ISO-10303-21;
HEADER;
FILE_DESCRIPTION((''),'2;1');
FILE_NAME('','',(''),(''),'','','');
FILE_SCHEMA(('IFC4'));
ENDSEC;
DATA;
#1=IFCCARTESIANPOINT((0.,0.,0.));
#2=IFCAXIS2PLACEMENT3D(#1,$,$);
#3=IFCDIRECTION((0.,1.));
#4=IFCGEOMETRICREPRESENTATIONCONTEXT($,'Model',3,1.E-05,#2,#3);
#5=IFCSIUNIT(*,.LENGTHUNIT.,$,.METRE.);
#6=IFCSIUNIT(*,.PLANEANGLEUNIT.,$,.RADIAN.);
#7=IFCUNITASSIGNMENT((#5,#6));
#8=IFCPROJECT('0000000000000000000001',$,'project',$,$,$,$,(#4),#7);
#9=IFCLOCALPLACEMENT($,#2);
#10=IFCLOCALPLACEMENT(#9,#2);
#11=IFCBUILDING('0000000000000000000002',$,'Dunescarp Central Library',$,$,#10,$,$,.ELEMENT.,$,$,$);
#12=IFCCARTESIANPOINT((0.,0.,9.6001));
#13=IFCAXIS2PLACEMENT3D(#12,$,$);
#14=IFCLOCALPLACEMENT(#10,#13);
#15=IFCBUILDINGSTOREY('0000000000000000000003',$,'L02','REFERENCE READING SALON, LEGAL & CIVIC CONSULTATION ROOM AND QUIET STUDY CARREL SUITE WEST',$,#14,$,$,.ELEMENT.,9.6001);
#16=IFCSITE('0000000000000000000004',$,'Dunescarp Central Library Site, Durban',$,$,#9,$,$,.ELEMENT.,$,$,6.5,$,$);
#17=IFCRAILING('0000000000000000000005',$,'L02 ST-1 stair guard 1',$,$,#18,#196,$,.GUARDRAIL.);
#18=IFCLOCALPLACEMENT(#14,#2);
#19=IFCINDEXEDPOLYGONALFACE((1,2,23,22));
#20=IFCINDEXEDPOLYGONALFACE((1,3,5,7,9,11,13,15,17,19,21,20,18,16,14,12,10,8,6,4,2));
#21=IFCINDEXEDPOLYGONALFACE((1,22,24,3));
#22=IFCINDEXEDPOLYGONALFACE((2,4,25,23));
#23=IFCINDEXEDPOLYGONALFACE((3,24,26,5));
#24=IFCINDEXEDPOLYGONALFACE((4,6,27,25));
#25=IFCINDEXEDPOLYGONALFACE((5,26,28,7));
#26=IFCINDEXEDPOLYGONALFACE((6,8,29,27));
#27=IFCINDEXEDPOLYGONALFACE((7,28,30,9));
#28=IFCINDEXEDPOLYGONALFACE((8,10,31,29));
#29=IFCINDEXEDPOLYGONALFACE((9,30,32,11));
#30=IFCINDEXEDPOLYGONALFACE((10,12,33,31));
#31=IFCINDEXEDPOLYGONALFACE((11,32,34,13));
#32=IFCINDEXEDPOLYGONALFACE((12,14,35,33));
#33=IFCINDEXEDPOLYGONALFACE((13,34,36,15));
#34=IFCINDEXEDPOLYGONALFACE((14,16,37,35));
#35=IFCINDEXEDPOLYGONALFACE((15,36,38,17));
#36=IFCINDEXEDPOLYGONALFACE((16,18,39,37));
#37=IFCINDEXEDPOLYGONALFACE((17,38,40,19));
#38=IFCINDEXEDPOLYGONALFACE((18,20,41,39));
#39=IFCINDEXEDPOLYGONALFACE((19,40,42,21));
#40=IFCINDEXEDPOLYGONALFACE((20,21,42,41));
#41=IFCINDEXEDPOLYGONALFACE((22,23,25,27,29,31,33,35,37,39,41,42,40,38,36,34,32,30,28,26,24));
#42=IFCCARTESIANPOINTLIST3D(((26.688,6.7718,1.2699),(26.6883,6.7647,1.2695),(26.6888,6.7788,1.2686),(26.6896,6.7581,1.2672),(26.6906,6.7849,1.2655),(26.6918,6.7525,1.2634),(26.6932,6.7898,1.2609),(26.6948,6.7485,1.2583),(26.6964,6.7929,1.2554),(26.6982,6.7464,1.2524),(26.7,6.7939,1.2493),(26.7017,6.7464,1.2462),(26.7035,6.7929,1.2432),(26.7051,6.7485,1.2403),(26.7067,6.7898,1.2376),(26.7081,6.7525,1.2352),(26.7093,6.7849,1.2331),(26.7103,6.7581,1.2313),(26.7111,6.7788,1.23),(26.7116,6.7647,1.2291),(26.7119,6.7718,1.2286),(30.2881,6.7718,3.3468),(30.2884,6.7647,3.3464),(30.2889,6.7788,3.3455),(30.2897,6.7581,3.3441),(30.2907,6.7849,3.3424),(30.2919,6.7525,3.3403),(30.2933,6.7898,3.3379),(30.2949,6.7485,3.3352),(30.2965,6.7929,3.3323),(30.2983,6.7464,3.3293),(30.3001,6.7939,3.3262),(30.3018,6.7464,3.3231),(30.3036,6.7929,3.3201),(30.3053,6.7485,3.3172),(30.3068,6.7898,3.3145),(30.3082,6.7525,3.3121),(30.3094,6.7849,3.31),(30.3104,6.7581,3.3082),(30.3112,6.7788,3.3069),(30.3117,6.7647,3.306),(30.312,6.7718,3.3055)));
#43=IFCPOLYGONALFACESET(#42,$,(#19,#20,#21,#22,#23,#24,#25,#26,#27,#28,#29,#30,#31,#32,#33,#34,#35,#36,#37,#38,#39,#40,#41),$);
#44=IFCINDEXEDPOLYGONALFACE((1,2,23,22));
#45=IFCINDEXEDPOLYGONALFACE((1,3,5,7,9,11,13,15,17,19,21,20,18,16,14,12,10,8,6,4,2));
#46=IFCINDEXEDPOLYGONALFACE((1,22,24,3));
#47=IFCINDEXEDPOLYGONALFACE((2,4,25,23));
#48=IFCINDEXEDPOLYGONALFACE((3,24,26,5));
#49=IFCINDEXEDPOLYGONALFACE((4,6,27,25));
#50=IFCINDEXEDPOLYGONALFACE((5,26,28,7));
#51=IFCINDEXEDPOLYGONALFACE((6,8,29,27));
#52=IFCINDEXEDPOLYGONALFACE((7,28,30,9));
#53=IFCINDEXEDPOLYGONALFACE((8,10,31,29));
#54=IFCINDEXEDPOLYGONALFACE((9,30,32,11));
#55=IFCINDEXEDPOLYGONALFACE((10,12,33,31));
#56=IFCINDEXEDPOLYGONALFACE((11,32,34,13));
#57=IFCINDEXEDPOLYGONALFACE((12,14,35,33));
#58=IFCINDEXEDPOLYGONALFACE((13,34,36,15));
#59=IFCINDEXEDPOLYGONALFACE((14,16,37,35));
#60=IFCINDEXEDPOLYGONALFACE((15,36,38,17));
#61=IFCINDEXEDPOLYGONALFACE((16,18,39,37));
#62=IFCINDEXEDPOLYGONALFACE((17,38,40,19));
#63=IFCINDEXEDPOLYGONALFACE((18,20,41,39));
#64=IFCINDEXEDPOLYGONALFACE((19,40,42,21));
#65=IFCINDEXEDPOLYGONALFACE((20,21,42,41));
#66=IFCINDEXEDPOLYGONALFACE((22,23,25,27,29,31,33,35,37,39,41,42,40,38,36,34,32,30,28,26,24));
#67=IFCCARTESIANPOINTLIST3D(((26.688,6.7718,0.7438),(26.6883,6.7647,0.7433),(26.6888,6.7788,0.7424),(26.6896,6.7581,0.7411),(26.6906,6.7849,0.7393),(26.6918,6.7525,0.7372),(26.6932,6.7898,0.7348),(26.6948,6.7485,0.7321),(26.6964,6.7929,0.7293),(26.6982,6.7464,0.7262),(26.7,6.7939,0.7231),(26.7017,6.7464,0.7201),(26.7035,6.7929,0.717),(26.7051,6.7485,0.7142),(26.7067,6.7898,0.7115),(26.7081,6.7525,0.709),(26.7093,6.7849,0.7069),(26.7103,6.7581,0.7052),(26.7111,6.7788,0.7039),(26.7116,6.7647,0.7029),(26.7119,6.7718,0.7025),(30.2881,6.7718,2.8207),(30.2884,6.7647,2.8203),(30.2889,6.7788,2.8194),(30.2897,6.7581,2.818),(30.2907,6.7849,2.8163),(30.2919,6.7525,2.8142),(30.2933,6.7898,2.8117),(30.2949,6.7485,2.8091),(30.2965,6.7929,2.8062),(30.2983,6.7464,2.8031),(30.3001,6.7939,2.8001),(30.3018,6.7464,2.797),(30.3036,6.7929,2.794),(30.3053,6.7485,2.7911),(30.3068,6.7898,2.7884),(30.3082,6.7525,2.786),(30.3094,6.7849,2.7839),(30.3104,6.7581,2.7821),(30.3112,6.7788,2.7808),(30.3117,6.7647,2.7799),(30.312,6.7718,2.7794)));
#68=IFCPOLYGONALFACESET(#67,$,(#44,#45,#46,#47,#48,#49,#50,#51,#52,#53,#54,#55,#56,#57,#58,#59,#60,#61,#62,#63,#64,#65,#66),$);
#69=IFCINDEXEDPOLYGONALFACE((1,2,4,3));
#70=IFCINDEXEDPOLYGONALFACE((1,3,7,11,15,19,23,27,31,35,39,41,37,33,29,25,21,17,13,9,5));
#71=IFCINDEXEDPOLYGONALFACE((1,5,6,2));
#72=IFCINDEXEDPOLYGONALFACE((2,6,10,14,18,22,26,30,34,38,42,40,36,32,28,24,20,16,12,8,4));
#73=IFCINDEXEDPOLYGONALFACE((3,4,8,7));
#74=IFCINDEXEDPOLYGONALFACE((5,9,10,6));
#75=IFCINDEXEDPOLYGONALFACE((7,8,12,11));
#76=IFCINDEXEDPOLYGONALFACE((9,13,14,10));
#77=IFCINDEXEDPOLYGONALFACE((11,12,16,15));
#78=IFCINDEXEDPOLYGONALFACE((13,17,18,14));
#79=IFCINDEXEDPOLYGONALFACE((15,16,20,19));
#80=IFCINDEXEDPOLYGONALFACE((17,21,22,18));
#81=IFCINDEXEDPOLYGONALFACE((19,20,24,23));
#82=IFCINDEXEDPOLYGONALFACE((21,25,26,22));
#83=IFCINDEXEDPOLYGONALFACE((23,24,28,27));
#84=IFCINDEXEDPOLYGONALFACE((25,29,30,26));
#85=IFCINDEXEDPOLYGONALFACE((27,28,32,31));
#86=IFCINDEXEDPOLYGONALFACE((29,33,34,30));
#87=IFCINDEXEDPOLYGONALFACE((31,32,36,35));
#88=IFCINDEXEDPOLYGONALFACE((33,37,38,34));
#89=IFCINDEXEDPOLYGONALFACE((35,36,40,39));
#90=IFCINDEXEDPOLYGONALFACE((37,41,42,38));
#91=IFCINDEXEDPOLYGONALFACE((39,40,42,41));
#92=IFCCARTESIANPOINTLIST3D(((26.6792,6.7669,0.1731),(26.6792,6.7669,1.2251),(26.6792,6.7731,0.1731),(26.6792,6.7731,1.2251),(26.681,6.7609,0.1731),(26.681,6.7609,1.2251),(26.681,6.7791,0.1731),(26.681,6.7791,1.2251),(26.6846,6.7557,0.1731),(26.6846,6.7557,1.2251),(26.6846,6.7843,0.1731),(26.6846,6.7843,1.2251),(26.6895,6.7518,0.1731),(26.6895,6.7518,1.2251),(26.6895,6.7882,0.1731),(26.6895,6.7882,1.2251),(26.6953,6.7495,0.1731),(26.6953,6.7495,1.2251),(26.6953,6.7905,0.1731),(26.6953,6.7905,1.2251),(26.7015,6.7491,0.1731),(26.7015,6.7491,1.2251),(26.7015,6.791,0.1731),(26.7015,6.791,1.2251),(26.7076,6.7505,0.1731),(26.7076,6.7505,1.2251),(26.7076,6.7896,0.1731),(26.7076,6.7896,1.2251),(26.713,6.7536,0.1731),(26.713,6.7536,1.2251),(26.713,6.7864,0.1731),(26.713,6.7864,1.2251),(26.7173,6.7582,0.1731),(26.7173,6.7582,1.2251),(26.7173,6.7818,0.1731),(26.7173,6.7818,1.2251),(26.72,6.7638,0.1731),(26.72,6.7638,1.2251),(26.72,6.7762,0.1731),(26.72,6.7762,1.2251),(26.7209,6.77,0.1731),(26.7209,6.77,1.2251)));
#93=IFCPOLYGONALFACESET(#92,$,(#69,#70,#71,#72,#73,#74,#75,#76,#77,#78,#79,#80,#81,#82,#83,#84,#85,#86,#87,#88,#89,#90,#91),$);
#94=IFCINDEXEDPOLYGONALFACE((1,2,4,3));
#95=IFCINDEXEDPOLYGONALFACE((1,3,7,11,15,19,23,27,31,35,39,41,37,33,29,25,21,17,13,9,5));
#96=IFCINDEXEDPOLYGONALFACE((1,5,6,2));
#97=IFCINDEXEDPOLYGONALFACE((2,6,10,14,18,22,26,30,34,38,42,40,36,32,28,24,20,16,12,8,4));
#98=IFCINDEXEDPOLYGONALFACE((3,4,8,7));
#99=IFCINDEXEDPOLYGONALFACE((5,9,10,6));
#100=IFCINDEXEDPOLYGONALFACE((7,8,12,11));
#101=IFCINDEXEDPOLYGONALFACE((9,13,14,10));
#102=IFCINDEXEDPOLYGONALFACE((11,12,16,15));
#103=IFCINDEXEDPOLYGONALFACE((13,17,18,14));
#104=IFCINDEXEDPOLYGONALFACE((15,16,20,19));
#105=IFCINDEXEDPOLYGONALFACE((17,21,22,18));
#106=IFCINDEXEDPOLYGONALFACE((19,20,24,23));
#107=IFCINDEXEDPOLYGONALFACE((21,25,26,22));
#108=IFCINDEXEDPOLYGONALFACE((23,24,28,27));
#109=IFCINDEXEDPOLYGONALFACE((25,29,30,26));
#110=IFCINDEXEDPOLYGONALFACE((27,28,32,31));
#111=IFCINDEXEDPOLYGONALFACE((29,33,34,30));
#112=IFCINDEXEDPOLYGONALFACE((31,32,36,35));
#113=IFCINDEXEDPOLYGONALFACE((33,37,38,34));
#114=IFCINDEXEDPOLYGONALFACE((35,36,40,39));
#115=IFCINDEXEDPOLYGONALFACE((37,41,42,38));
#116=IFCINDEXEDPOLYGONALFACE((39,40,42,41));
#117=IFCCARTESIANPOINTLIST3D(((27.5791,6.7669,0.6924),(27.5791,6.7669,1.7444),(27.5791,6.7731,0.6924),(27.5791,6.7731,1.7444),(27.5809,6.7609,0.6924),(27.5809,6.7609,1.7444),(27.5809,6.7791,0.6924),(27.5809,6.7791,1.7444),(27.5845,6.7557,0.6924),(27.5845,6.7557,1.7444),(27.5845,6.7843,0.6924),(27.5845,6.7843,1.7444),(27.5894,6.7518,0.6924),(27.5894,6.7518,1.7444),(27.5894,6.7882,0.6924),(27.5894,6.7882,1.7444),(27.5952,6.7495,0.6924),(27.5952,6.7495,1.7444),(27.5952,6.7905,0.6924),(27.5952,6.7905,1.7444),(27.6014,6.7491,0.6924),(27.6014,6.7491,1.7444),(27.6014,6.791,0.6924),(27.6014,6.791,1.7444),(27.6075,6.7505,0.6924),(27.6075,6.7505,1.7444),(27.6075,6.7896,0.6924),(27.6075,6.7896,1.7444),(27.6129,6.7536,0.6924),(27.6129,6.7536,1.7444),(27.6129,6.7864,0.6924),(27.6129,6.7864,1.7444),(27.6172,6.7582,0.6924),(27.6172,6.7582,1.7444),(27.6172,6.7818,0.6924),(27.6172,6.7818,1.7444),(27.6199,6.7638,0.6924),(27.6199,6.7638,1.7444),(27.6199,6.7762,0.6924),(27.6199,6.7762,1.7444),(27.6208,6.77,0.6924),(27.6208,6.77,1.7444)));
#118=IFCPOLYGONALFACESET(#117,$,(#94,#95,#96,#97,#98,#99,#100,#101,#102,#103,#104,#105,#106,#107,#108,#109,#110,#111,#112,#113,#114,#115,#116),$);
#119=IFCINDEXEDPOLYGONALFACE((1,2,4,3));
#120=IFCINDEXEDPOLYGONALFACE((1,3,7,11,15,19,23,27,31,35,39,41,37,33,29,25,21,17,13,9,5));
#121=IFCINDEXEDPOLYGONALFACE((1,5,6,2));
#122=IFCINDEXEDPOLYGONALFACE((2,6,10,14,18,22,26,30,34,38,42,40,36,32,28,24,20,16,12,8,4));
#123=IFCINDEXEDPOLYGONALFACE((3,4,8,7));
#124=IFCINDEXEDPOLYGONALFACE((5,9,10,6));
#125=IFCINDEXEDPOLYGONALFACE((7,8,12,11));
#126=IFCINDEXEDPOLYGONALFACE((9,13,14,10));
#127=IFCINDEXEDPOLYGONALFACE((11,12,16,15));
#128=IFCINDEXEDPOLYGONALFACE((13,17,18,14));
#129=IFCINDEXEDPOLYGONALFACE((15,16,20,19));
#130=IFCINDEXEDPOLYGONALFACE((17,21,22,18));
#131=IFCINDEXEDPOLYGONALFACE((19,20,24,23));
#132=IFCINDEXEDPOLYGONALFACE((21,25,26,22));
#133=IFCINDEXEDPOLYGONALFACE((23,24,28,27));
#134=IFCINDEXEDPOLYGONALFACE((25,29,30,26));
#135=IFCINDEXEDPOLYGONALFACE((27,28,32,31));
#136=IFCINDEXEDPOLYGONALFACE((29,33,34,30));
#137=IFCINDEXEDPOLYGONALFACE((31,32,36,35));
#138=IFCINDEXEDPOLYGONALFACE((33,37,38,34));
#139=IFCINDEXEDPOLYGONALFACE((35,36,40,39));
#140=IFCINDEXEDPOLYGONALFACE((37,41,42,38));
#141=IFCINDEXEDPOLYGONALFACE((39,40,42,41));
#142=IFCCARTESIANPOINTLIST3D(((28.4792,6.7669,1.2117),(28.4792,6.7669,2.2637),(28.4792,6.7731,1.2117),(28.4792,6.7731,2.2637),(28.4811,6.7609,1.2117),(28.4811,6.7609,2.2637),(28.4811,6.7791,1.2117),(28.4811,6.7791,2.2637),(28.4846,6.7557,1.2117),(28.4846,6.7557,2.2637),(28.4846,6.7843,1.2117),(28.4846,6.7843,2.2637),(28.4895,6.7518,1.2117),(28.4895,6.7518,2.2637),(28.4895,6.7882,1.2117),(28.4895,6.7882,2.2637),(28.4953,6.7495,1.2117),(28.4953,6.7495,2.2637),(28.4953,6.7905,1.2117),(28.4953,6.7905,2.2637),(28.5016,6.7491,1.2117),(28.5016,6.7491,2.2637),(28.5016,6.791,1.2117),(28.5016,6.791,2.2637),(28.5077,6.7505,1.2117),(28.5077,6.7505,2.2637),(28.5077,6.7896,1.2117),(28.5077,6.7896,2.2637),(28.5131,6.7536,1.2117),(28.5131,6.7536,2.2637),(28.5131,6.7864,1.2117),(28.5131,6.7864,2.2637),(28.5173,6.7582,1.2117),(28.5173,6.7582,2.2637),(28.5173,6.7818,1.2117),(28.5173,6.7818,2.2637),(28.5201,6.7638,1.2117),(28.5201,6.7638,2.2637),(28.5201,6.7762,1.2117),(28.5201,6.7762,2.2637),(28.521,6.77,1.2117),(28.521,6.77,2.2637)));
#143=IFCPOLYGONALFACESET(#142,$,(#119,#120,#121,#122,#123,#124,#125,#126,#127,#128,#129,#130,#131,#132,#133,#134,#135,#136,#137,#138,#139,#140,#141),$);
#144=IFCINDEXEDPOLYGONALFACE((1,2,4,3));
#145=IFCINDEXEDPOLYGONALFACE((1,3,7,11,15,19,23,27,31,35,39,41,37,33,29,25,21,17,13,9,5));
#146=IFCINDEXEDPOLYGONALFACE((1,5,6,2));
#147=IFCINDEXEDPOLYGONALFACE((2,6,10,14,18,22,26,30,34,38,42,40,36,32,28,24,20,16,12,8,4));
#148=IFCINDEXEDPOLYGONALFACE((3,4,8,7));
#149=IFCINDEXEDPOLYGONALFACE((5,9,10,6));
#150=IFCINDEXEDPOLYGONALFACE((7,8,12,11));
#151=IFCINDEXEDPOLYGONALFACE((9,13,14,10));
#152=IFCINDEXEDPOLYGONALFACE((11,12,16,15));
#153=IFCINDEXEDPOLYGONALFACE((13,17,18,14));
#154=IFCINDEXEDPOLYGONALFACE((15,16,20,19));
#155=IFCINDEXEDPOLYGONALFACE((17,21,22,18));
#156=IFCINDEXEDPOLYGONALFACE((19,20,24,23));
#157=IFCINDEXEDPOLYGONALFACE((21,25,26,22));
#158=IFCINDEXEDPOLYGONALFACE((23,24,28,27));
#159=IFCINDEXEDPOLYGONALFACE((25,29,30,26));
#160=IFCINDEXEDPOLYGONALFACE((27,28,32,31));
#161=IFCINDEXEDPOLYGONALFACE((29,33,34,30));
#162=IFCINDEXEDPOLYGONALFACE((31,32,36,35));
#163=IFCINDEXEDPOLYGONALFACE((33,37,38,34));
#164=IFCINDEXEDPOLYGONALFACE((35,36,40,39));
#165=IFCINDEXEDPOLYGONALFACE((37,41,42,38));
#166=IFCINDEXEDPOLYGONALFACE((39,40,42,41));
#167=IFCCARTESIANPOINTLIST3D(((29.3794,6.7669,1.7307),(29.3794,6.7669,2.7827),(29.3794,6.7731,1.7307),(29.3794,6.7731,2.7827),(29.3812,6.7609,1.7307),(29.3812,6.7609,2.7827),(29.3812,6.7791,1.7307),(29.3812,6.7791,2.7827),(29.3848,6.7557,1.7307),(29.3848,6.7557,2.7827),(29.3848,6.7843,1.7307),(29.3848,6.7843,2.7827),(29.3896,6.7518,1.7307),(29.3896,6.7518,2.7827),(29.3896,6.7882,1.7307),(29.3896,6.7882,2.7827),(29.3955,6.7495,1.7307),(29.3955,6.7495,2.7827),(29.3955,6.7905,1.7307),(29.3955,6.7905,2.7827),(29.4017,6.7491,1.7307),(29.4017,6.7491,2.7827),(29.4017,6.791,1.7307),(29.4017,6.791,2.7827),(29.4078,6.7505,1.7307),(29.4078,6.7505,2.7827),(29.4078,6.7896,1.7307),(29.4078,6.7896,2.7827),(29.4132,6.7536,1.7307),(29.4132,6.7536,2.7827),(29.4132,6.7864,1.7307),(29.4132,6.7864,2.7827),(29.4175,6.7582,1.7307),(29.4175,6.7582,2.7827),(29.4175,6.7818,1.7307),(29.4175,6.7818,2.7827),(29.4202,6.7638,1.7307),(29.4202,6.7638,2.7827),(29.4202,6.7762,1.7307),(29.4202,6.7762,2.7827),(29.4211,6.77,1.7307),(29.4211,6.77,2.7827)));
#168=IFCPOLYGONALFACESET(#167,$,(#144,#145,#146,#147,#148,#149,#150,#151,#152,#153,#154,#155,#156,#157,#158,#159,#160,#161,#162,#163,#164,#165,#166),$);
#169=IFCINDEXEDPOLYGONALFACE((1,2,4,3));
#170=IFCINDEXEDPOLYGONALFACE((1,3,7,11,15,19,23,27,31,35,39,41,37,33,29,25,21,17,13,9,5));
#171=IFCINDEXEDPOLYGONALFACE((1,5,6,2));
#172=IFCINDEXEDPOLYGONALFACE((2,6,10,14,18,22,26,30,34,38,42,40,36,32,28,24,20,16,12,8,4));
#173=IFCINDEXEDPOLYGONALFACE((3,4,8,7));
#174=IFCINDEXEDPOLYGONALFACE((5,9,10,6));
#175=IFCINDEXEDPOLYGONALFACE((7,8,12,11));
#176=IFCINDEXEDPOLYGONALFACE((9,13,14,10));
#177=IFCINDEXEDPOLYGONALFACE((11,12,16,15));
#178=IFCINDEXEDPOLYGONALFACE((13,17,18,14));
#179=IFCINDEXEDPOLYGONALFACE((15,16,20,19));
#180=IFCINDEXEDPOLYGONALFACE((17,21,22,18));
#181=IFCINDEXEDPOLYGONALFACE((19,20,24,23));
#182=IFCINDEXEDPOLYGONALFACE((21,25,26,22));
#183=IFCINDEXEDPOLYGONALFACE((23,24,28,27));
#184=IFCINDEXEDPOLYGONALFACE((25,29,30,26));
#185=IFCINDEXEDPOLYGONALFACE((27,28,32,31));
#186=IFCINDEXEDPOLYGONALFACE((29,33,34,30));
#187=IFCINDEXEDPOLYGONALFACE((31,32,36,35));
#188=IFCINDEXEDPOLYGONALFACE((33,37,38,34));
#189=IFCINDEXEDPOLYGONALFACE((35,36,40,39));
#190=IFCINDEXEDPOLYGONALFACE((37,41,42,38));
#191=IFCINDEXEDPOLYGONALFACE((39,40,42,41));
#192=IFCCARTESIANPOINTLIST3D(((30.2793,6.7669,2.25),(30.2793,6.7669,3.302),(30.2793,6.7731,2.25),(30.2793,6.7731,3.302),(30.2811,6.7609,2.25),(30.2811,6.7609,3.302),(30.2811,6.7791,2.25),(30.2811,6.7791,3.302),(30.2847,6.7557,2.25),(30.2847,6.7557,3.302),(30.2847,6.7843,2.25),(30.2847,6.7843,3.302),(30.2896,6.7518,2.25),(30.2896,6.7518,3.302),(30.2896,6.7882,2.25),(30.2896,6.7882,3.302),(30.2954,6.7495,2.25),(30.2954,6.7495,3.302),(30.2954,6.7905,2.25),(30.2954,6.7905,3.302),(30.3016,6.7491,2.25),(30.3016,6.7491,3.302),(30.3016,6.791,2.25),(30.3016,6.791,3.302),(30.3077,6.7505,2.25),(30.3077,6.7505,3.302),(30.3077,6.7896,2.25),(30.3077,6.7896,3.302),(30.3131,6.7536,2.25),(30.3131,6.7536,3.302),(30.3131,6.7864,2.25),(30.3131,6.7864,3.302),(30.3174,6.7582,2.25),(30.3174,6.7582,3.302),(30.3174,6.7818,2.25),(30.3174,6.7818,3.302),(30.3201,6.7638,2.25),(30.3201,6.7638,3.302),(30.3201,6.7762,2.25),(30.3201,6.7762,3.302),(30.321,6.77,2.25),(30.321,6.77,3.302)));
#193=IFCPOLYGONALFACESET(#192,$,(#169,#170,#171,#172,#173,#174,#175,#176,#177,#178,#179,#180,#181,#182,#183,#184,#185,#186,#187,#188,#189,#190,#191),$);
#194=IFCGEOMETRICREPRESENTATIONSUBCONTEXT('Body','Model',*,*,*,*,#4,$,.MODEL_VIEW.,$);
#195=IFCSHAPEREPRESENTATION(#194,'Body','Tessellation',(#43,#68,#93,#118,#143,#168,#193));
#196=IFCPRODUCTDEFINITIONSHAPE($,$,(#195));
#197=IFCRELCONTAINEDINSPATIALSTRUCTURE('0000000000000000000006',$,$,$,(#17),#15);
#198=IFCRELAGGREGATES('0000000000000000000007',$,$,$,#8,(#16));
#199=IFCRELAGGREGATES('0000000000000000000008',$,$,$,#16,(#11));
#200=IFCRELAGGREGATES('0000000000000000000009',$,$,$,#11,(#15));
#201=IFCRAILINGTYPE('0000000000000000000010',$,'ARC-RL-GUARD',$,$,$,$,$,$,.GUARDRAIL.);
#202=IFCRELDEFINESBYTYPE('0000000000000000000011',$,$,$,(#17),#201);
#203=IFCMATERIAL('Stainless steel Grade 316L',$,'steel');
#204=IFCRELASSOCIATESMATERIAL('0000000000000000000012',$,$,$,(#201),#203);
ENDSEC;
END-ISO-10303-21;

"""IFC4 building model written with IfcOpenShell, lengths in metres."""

from ifc_helpers import new_model, si_unit, direction, frame, origin, origin_2d, place, context, subcontext, project, spatial, circle, extrude, material, type_object, element, save


model = new_model("IFC4")

# Units and contexts
model_context = context("Model", 3, precision=1e-05, world=origin(), true_north=direction((0.0, 1.0)))
body_context = subcontext(model_context, "Body", "Model", "MODEL_VIEW")
ifc_project = project(units=[si_unit("LENGTHUNIT", "METRE"), si_unit("PLANEANGLEUNIT", "RADIAN")], contexts=[model_context])

# Site, building, storey
site_placement = place(None, origin())
site = spatial("IfcSite", under=ifc_project, at=site_placement, Name="Dunescarp Central Library Site, Durban", CompositionType="ELEMENT", RefElevation=6.5)
building_placement = place(site_placement, origin())
building = spatial("IfcBuilding", under=site, at=building_placement, Name="Dunescarp Central Library", CompositionType="ELEMENT")
storey_placement = place(building_placement, frame((0.0, 0.0, 9.6001)))
storey = spatial("IfcBuildingStorey", under=building, at=storey_placement, Name="L02", Description="REFERENCE READING SALON, LEGAL & CIVIC CONSULTATION ROOM AND QUIET STUDY CARREL SUITE WEST", CompositionType="ELEMENT", Elevation=9.6001)

# Railing
ifc_material_1 = material(Name="Stainless steel Grade 316L", Category="steel")
railing_type_1 = type_object("IfcRailingType", Name="ARC-RL-GUARD", PredefinedType="GUARDRAIL", material=ifc_material_1)
railing_1_placement = place(storey_placement, frame((26.7, 6.77, 0.1731)))
element("IfcRailing", 1, at=railing_1_placement, inside=storey, type_object=railing_type_1, Name="L02 ST-1 stair guard 1", PredefinedType="GUARDRAIL", context=body_context, shape_type="SweptSolid", body=[
    extrude(circle(Radius=0.0239, at=origin_2d()), frame((0.0, 0.0, 1.0762), z_axis=(0.866193, 0.0, 0.499709), x_axis=(0.0, 1.0, 0.0)), (0.0, 0.0, 1.0), 4.1562),
    extrude(circle(Radius=0.0239, at=origin_2d()), frame((0.0, 0.0, 0.55), z_axis=(0.866193, 0.0, 0.499709), x_axis=(0.0, 1.0, 0.0)), (0.0, 0.0, 1.0), 4.1562),
    extrude(circle(Radius=0.021, at=origin_2d()), origin(), (0.0, 0.0, 1.0), 1.052),
    extrude(circle(Radius=0.021, at=origin_2d()), frame((0.8999, 0.0, 0.5193)), (0.0, 0.0, 1.0), 1.052),
    extrude(circle(Radius=0.021, at=origin_2d()), frame((1.8, 0.0, 1.0386)), (0.0, 0.0, 1.0), 1.052),
    extrude(circle(Radius=0.021, at=origin_2d()), frame((2.7002, 0.0, 1.5576)), (0.0, 0.0, 1.0), 1.052),
    extrude(circle(Radius=0.021, at=origin_2d()), frame((3.6001, 0.0, 2.0769)), (0.0, 0.0, 1.0), 1.052),
])

save(model, "model.ifc")
